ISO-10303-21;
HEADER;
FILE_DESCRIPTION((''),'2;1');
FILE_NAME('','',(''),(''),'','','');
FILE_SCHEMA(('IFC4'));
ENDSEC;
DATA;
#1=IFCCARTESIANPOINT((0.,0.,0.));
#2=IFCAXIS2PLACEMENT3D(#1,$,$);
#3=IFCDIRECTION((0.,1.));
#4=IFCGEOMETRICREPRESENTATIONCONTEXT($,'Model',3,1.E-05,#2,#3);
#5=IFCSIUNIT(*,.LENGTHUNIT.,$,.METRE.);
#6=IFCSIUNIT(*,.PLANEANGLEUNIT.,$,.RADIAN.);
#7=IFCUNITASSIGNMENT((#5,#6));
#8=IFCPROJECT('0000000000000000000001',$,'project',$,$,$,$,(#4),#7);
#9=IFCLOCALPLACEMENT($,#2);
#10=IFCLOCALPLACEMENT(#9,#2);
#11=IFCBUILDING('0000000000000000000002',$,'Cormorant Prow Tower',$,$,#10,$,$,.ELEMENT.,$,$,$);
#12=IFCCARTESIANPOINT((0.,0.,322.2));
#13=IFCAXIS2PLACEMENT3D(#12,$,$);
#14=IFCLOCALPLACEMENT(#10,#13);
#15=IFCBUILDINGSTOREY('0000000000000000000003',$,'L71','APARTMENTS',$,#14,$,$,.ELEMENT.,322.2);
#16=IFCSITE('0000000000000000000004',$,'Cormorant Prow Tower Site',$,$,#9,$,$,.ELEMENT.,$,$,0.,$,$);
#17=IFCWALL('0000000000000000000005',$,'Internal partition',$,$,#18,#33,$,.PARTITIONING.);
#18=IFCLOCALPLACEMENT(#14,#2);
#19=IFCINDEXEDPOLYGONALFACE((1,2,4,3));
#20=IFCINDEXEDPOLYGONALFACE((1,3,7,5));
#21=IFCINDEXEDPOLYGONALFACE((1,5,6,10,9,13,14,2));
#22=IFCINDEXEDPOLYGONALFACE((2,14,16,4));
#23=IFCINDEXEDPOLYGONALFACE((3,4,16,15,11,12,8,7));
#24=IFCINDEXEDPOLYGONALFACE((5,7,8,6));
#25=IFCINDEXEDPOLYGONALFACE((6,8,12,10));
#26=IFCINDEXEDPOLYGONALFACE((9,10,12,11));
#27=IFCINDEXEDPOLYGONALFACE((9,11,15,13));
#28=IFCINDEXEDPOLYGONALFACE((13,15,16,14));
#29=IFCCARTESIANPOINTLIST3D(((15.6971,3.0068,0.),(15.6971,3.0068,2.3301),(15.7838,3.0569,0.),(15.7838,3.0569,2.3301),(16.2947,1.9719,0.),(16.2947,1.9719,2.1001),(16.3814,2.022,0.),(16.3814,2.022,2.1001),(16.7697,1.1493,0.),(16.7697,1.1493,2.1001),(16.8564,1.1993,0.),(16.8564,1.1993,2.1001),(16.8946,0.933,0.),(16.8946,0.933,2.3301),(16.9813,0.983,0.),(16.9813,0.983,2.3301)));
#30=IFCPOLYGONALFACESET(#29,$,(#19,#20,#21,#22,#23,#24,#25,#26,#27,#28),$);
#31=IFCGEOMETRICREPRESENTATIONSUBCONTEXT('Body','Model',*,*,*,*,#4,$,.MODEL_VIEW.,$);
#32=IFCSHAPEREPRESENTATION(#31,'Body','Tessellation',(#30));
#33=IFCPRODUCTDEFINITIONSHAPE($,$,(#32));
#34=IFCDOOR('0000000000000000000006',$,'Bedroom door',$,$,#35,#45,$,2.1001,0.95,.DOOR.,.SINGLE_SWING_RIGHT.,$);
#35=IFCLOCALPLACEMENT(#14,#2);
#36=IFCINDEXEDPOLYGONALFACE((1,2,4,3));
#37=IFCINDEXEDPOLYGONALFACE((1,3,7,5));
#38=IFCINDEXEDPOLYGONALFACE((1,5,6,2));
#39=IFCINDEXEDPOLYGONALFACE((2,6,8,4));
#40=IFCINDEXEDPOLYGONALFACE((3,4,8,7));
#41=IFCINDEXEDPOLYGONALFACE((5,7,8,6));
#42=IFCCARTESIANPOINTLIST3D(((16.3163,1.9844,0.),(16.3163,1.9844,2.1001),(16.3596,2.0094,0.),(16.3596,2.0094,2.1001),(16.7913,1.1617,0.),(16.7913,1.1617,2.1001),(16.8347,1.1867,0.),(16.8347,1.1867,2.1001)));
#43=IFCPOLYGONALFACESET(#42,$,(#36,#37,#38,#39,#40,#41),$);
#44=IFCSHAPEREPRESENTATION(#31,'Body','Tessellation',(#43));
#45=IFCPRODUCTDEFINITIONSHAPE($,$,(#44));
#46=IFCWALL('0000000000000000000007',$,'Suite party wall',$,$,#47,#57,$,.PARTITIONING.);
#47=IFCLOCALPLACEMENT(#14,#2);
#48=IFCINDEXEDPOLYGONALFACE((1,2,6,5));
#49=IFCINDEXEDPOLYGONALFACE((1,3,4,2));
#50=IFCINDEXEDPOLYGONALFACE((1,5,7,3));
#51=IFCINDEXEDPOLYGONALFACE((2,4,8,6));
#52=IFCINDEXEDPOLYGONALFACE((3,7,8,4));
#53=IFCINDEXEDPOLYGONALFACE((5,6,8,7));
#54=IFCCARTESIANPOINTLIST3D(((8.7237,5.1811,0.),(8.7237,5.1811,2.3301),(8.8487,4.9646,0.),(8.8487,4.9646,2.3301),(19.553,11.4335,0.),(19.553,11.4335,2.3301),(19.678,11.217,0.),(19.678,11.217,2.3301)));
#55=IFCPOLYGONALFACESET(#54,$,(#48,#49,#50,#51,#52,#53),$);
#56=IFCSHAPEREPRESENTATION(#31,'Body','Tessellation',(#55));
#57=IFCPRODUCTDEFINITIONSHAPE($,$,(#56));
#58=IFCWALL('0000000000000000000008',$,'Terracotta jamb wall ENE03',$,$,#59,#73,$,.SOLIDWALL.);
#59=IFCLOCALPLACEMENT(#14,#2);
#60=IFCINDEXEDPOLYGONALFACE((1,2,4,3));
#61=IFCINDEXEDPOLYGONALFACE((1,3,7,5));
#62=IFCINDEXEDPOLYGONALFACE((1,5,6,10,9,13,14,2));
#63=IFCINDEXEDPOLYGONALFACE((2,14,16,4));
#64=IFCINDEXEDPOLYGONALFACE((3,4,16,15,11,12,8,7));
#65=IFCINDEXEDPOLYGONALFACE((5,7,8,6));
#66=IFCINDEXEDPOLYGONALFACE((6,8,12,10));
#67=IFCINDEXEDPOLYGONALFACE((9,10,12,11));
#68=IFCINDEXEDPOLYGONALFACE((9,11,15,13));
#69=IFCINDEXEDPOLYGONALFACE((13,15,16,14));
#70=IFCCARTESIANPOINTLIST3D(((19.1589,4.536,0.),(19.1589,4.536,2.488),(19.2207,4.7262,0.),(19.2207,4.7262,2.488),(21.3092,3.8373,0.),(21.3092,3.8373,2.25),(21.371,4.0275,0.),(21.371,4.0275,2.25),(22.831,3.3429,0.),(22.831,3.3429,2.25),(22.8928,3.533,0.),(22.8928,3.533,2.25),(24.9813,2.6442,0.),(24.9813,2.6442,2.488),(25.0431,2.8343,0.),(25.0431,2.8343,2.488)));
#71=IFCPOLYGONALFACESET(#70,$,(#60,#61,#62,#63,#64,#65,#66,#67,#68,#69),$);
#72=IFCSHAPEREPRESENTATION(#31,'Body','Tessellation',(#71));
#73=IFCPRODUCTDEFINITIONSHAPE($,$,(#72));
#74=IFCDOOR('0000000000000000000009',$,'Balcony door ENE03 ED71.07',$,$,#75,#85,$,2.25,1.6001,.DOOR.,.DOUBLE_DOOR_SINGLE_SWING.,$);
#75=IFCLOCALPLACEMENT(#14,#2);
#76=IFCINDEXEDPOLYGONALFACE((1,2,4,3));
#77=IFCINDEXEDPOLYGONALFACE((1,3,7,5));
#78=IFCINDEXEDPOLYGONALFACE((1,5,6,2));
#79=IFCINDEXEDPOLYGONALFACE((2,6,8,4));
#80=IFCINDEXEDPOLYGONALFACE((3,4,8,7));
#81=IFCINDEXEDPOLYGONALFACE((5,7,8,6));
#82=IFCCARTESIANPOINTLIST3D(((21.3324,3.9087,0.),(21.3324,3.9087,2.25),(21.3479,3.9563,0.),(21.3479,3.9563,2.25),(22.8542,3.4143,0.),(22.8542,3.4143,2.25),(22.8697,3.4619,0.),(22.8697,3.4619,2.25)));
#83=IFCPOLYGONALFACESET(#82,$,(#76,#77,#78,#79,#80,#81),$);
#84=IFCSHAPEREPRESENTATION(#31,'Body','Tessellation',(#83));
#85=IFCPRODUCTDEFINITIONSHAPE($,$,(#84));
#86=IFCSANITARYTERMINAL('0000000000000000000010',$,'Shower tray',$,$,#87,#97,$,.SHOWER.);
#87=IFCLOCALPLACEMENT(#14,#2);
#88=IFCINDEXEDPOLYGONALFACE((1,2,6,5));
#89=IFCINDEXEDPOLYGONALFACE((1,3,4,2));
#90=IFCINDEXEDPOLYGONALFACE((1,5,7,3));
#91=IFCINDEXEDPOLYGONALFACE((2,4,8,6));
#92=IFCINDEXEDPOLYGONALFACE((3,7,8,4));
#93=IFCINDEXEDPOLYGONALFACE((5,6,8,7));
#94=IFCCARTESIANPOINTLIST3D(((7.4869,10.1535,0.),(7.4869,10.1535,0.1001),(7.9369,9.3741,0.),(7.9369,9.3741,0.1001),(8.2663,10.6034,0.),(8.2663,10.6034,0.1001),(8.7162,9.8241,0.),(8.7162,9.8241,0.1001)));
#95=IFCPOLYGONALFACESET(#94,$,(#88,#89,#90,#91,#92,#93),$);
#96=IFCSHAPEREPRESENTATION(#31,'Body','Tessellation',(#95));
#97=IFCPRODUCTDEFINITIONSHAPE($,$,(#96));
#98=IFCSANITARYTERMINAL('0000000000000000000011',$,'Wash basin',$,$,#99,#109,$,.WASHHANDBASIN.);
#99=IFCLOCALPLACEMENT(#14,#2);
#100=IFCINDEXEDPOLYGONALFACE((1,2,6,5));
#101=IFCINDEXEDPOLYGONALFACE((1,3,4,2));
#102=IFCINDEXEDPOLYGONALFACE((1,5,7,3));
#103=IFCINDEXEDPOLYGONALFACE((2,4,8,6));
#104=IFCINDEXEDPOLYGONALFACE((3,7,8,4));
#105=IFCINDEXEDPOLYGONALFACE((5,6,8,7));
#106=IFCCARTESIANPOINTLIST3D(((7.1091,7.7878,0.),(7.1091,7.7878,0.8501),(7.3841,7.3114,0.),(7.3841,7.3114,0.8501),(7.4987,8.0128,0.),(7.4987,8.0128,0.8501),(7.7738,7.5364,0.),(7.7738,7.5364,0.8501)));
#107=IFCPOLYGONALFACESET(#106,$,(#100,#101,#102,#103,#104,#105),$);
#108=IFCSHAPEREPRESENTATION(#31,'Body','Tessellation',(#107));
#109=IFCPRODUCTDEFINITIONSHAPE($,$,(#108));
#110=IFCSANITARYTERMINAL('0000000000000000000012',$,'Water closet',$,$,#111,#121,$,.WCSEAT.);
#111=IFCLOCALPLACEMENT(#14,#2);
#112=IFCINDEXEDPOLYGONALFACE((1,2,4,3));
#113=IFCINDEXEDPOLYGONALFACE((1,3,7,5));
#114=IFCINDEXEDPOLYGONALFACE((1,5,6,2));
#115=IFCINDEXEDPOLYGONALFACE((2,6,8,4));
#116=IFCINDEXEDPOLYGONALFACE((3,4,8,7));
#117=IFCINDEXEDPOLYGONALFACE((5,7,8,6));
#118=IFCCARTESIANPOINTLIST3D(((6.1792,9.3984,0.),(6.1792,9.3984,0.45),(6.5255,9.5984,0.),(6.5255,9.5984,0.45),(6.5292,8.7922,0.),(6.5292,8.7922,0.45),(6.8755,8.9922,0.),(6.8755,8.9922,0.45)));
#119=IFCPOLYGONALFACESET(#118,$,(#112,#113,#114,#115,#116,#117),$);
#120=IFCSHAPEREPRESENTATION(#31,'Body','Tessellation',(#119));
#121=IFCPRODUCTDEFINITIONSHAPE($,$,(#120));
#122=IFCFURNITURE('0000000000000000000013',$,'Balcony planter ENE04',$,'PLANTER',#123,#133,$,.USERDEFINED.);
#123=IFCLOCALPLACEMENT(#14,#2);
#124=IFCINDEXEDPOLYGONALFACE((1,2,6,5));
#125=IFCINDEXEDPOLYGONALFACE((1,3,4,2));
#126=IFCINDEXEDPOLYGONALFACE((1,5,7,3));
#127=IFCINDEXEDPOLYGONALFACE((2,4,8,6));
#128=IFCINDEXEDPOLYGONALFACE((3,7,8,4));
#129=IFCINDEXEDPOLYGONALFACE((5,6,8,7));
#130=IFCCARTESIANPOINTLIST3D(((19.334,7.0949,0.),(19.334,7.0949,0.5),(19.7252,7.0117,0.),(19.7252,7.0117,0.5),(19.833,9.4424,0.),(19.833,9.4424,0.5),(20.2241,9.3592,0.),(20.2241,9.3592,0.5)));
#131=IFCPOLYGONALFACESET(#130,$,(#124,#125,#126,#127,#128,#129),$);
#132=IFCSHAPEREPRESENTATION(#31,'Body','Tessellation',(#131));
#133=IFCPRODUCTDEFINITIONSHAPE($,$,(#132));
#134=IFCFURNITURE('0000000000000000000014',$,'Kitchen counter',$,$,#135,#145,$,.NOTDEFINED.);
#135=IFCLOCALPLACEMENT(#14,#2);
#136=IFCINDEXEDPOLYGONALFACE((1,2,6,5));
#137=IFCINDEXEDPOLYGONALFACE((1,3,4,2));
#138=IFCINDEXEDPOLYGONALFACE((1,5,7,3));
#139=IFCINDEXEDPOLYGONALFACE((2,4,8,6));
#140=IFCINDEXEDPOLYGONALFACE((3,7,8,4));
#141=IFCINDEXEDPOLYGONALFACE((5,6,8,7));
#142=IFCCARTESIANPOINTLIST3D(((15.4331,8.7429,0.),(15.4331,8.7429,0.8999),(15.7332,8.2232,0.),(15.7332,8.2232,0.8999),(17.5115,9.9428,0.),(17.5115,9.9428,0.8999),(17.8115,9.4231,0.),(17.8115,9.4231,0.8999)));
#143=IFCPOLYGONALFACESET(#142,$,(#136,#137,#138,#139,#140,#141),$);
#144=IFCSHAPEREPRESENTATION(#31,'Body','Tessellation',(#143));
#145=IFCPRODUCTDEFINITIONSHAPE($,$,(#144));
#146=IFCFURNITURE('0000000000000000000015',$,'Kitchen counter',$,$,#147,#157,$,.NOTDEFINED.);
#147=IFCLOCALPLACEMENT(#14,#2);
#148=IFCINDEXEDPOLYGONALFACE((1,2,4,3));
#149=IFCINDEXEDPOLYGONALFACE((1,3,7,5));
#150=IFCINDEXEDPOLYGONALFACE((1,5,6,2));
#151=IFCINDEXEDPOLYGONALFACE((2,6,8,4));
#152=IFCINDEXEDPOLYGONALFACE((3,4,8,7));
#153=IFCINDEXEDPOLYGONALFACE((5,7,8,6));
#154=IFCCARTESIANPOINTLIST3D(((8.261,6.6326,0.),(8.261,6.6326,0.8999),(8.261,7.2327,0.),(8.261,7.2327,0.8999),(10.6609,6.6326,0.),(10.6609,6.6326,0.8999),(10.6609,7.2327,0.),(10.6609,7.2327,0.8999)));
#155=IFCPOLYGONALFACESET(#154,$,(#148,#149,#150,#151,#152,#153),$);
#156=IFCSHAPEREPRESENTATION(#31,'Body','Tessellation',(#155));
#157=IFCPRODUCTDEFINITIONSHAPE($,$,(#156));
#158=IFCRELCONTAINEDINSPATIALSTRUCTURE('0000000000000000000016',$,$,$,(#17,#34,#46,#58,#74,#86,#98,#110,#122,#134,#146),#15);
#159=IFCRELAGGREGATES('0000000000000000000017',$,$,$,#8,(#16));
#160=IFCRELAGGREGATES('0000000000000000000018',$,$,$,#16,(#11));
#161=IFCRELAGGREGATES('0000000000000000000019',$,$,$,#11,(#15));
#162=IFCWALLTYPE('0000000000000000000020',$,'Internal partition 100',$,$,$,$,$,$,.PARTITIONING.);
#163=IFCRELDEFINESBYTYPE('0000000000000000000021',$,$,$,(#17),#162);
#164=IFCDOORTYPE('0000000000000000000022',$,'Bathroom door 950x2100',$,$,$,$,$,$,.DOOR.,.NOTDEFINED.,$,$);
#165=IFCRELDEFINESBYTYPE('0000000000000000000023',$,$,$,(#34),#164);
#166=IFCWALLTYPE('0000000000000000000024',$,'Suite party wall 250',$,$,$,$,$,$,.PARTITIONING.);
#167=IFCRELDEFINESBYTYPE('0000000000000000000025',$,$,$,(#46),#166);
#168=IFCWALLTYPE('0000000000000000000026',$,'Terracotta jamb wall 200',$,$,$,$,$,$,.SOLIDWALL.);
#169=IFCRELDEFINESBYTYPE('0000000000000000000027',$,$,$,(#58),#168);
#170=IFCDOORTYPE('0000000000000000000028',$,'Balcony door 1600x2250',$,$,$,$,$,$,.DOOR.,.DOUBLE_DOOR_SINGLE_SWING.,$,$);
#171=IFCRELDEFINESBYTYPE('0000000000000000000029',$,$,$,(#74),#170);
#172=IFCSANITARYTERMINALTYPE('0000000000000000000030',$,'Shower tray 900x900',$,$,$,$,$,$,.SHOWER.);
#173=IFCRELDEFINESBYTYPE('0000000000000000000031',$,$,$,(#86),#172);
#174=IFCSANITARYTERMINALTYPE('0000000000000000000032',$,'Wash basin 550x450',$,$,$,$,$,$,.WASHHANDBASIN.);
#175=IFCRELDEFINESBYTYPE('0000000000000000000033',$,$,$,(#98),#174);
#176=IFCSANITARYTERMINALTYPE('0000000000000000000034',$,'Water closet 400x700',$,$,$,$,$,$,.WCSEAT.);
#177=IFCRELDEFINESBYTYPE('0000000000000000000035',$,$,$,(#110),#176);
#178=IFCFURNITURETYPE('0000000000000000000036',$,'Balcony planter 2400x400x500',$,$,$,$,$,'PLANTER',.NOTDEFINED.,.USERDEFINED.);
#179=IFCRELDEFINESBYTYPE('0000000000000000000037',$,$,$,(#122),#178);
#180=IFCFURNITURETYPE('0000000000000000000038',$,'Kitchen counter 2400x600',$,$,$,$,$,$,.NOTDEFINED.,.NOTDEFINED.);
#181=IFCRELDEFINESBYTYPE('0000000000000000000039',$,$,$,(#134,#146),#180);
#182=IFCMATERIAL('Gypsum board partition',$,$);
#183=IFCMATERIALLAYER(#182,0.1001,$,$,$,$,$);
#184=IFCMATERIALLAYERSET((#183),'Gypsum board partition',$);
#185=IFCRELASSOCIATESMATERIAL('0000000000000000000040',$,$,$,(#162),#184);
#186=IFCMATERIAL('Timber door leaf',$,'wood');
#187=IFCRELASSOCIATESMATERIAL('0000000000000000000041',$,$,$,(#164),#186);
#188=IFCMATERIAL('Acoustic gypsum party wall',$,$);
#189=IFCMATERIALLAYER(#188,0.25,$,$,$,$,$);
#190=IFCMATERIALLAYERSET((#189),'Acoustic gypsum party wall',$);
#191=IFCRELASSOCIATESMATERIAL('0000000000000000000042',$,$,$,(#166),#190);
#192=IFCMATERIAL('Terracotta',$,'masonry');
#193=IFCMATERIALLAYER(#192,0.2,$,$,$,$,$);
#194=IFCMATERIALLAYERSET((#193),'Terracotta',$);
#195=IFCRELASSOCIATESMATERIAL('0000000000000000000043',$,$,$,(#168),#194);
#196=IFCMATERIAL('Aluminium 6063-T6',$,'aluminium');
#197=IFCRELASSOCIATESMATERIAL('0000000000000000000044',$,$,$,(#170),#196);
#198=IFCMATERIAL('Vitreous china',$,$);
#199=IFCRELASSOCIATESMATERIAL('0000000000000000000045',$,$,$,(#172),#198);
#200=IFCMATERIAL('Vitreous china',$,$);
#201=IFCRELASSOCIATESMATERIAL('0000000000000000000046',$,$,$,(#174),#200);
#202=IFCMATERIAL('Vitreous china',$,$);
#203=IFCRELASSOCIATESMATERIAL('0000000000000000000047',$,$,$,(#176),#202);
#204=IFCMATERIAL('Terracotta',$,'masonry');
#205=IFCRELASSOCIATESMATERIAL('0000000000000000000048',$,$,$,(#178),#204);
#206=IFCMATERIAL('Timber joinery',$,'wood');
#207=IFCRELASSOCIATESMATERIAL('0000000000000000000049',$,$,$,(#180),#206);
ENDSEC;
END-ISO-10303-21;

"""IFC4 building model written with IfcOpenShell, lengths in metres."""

from ifc_helpers import new_model, si_unit, direction, frame, frame_2d, origin, origin_2d, place, context, subcontext, project, spatial, rectangle, extrude, material, layer, layer_set, type_object, element, fill, save


model = new_model("IFC4")

# Units and contexts
model_context = context("Model", 3, precision=1e-05, world=origin(), true_north=direction((0.0, 1.0)))
body_context = subcontext(model_context, "Body", "Model", "MODEL_VIEW")
ifc_project = project(units=[si_unit("LENGTHUNIT", "METRE"), si_unit("PLANEANGLEUNIT", "RADIAN")], contexts=[model_context])

# Site, building, storey
site_placement = place(None, origin())
site = spatial("IfcSite", under=ifc_project, at=site_placement, Name="Cormorant Prow Tower Site", CompositionType="ELEMENT", RefElevation=0.0)
building_placement = place(site_placement, origin())
building = spatial("IfcBuilding", under=site, at=building_placement, Name="Cormorant Prow Tower", CompositionType="ELEMENT")
storey_placement = place(building_placement, frame((0.0, 0.0, 322.2)))
storey = spatial("IfcBuildingStorey", under=building, at=storey_placement, Name="L71", Description="APARTMENTS", CompositionType="ELEMENT", Elevation=322.2)

# Shared definitions
ifc_material_1 = material(Name="Gypsum board partition")
ifc_layer_1 = layer(ifc_material_1, 0.1001)
ifc_layer_set_1 = layer_set([ifc_layer_1], Name="Gypsum board partition")
wall_type_1 = type_object("IfcWallType", Name="Internal partition 100", PredefinedType="PARTITIONING", material=ifc_layer_set_1)
ifc_material_2 = material(Name="Timber door leaf", Category="wood")
door_type_1 = type_object("IfcDoorType", Name="Bathroom door 950x2100", OperationType="NOTDEFINED", PredefinedType="DOOR", material=ifc_material_2)

# Wall, opening, door
wall_1_placement = place(storey_placement, frame((15.7405, 3.0317, 0.0), z_axis=(0.0, 0.0, 1.0), x_axis=(0.500075, -0.865982, 0.0)))
wall_1 = element("IfcWall", 1, at=wall_1_placement, inside=storey, type_object=wall_type_1, Name="Internal partition", PredefinedType="PARTITIONING", context=body_context, shape_type="SweptSolid", body=[
    extrude(rectangle(XDim=2.3948, YDim=0.1001, at=frame_2d((1.1973, 0.0))), origin(), (0.0, 0.0, 1.0), 2.3301),
])
opening_1_placement = place(wall_1_placement, frame((1.1948, 0.0, 0.0)))
opening_1 = element("IfcOpeningElement", 2, at=opening_1_placement, cuts=wall_1, PredefinedType="OPENING", context=body_context, shape_type="SweptSolid", body=[
    extrude(rectangle(XDim=0.95, YDim=2.1001, at=frame_2d((0.4751, 1.05))), frame((0.0, 0.0601, 0.0), z_axis=(0.0, -1.0, 0.0), x_axis=(1.0, 0.0, 0.0)), (0.0, 0.0, 1.0), 0.1201),
])
door_1_placement = place(opening_1_placement, origin())
door_1 = element("IfcDoor", 3, at=door_1_placement, inside=storey, type_object=door_type_1, Name="Bedroom door", OperationType="SINGLE_SWING_RIGHT", OverallHeight=2.1001, OverallWidth=0.95, PredefinedType="DOOR", context=body_context, shape_type="SweptSolid", body=[
    extrude(rectangle(XDim=0.95, YDim=2.1001, at=frame_2d((0.4751, 1.05))), frame((0.0, 0.0249, 0.0), z_axis=(0.0, -1.0, 0.0), x_axis=(1.0, 0.0, 0.0)), (0.0, 0.0, 1.0), 0.05),
])
fill(opening_1, door_1)

# Wall
ifc_material_3 = material(Name="Acoustic gypsum party wall")
ifc_layer_2 = layer(ifc_material_3, 0.25)
ifc_layer_set_2 = layer_set([ifc_layer_2], Name="Acoustic gypsum party wall")
wall_type_2 = type_object("IfcWallType", Name="Suite party wall 250", PredefinedType="PARTITIONING", material=ifc_layer_set_2)
wall_2_placement = place(storey_placement, frame((8.7861, 5.0728, 0.0), z_axis=(0.0, 0.0, 1.0), x_axis=(0.866021, 0.500007, 0.0)))
element("IfcWall", 4, at=wall_2_placement, inside=storey, type_object=wall_type_2, Name="Suite party wall", PredefinedType="PARTITIONING", context=body_context, shape_type="SweptSolid", body=[
    extrude(rectangle(XDim=12.5046, YDim=0.25, at=frame_2d((6.2524, 0.0))), origin(), (0.0, 0.0, 1.0), 2.3301),
])

# Wall, opening, door
ifc_material_4 = material(Name="Terracotta", Category="masonry")
ifc_layer_3 = layer(ifc_material_4, 0.2)
ifc_layer_set_3 = layer_set([ifc_layer_3], Name="Terracotta")
wall_type_3 = type_object("IfcWallType", Name="Terracotta jamb wall 200", PredefinedType="SOLIDWALL", material=ifc_layer_set_3)
wall_3_placement = place(storey_placement, frame((25.0122, 2.7393, 0.0), z_axis=(0.0, 0.0, 1.0), x_axis=(-0.951057, 0.309017, 0.0)))
wall_3 = element("IfcWall", 5, at=wall_3_placement, inside=storey, type_object=wall_type_3, Name="Terracotta jamb wall ENE03", PredefinedType="SOLIDWALL", context=body_context, shape_type="SweptSolid", body=[
    extrude(rectangle(XDim=6.1221, YDim=0.2, at=frame_2d((3.061, 0.0))), origin(), (0.0, 0.0, 1.0), 2.488),
])
opening_2_placement = place(wall_3_placement, frame((2.261, 0.0, 0.0)))
opening_2 = element("IfcOpeningElement", 6, at=opening_2_placement, cuts=wall_3, PredefinedType="OPENING", context=body_context, shape_type="SweptSolid", body=[
    extrude(rectangle(XDim=1.6001, YDim=2.25, at=frame_2d((0.8, 1.125))), frame((0.0, 0.1099, 0.0), z_axis=(0.0, -1.0, 0.0), x_axis=(1.0, 0.0, 0.0)), (0.0, 0.0, 1.0), 0.22),
])
ifc_material_5 = material(Name="Aluminium 6063-T6", Category="aluminium")
door_type_2 = type_object("IfcDoorType", Name="Balcony door 1600x2250", OperationType="DOUBLE_DOOR_SINGLE_SWING", PredefinedType="DOOR", material=ifc_material_5)
door_2_placement = place(opening_2_placement, origin())
door_2 = element("IfcDoor", 7, at=door_2_placement, inside=storey, type_object=door_type_2, Name="Balcony door ENE03 ED71.07", OperationType="DOUBLE_DOOR_SINGLE_SWING", OverallHeight=2.25, OverallWidth=1.6001, PredefinedType="DOOR", context=body_context, shape_type="SweptSolid", body=[
    extrude(rectangle(XDim=1.6001, YDim=2.25, at=frame_2d((0.8, 1.125))), frame((0.0, 0.0249, 0.0), z_axis=(0.0, -1.0, 0.0), x_axis=(1.0, 0.0, 0.0)), (0.0, 0.0, 1.0), 0.05),
])
fill(opening_2, door_2)

# Sanitary terminals
ifc_material_6 = material(Name="Vitreous china")
sanitary_terminal_type_1 = type_object("IfcSanitaryTerminalType", Name="Shower tray 900x900", PredefinedType="SHOWER", material=ifc_material_6)
sanitary_terminal_1_placement = place(storey_placement, frame((8.1016, 9.9888, 0.0), z_axis=(0.0, 0.0, 1.0), x_axis=(0.5, -0.866025, 0.0)))
element("IfcSanitaryTerminal", 8, at=sanitary_terminal_1_placement, inside=storey, type_object=sanitary_terminal_type_1, Name="Shower tray", PredefinedType="SHOWER", context=body_context, shape_type="SweptSolid", body=[
    extrude(rectangle(XDim=0.8999, YDim=0.8999, at=origin_2d()), origin(), (0.0, 0.0, 1.0), 0.1001),
])
ifc_material_7 = material(Name="Vitreous china")
sanitary_terminal_type_2 = type_object("IfcSanitaryTerminalType", Name="Wash basin 550x450", PredefinedType="WASHHANDBASIN", material=ifc_material_7)
sanitary_terminal_2_placement = place(storey_placement, frame((7.4414, 7.6621, 0.0), z_axis=(0.0, 0.0, 1.0), x_axis=(-0.5, 0.866025, 0.0)))
element("IfcSanitaryTerminal", 9, at=sanitary_terminal_2_placement, inside=storey, type_object=sanitary_terminal_type_2, Name="Wash basin", PredefinedType="WASHHANDBASIN", context=body_context, shape_type="SweptSolid", body=[
    extrude(rectangle(XDim=0.55, YDim=0.45, at=origin_2d()), origin(), (0.0, 0.0, 1.0), 0.8501),
])
ifc_material_8 = material(Name="Vitreous china")
sanitary_terminal_type_3 = type_object("IfcSanitaryTerminalType", Name="Water closet 400x700", PredefinedType="WCSEAT", material=ifc_material_8)
sanitary_terminal_3_placement = place(storey_placement, frame((6.5273, 9.1953, 0.0), z_axis=(0.0, 0.0, 1.0), x_axis=(0.866025, 0.5, 0.0)))
element("IfcSanitaryTerminal", 10, at=sanitary_terminal_3_placement, inside=storey, type_object=sanitary_terminal_type_3, Name="Water closet", PredefinedType="WCSEAT", context=body_context, shape_type="SweptSolid", body=[
    extrude(rectangle(XDim=0.3999, YDim=0.7, at=origin_2d()), origin(), (0.0, 0.0, 1.0), 0.45),
])

# Furniture
ifc_material_9 = material(Name="Terracotta", Category="masonry")
furniture_type_1 = type_object("IfcFurnitureType", Name="Balcony planter 2400x400x500", ElementType="PLANTER", AssemblyPlace="NOTDEFINED", PredefinedType="USERDEFINED", material=ifc_material_9)
furniture_placement = place(storey_placement, frame((19.7791, 8.2271, 0.0), z_axis=(0.0, 0.0, 1.0), x_axis=(0.207912, 0.978148, 0.0)))
element("IfcFurniture", 11, at=furniture_placement, inside=storey, type_object=furniture_type_1, Name="Balcony planter ENE04", ObjectType="PLANTER", PredefinedType="USERDEFINED", context=body_context, shape_type="SweptSolid", body=[
    extrude(rectangle(XDim=2.3999, YDim=0.3999, at=origin_2d()), origin(), (0.0, 0.0, 1.0), 0.5),
])
ifc_material_10 = material(Name="Timber joinery", Category="wood")
furniture_type_2 = type_object("IfcFurnitureType", Name="Kitchen counter 2400x600", AssemblyPlace="NOTDEFINED", PredefinedType="NOTDEFINED", material=ifc_material_10)
for number, where, z_axis, x_axis, name in (
    (12, (16.6223, 9.083, 0.0), (0.0, 0.0, 1.0), (0.866025, 0.5, 0.0), "Kitchen counter"),
    (13, (9.4609, 6.9326, 0.0), (0.0, 0.0, 1.0), (1.0, 0.0, 0.0), "Kitchen counter"),
):
    element("IfcFurniture", number, at=place(storey_placement, frame(where, z_axis=z_axis, x_axis=x_axis)), inside=storey, type_object=furniture_type_2, Name=name, PredefinedType="NOTDEFINED", context=body_context, shape_type="SweptSolid", body=[
        extrude(rectangle(XDim=2.3999, YDim=0.6001, at=origin_2d()), origin(), (0.0, 0.0, 1.0), 0.8999),
    ])

save(model, "model.ifc")
